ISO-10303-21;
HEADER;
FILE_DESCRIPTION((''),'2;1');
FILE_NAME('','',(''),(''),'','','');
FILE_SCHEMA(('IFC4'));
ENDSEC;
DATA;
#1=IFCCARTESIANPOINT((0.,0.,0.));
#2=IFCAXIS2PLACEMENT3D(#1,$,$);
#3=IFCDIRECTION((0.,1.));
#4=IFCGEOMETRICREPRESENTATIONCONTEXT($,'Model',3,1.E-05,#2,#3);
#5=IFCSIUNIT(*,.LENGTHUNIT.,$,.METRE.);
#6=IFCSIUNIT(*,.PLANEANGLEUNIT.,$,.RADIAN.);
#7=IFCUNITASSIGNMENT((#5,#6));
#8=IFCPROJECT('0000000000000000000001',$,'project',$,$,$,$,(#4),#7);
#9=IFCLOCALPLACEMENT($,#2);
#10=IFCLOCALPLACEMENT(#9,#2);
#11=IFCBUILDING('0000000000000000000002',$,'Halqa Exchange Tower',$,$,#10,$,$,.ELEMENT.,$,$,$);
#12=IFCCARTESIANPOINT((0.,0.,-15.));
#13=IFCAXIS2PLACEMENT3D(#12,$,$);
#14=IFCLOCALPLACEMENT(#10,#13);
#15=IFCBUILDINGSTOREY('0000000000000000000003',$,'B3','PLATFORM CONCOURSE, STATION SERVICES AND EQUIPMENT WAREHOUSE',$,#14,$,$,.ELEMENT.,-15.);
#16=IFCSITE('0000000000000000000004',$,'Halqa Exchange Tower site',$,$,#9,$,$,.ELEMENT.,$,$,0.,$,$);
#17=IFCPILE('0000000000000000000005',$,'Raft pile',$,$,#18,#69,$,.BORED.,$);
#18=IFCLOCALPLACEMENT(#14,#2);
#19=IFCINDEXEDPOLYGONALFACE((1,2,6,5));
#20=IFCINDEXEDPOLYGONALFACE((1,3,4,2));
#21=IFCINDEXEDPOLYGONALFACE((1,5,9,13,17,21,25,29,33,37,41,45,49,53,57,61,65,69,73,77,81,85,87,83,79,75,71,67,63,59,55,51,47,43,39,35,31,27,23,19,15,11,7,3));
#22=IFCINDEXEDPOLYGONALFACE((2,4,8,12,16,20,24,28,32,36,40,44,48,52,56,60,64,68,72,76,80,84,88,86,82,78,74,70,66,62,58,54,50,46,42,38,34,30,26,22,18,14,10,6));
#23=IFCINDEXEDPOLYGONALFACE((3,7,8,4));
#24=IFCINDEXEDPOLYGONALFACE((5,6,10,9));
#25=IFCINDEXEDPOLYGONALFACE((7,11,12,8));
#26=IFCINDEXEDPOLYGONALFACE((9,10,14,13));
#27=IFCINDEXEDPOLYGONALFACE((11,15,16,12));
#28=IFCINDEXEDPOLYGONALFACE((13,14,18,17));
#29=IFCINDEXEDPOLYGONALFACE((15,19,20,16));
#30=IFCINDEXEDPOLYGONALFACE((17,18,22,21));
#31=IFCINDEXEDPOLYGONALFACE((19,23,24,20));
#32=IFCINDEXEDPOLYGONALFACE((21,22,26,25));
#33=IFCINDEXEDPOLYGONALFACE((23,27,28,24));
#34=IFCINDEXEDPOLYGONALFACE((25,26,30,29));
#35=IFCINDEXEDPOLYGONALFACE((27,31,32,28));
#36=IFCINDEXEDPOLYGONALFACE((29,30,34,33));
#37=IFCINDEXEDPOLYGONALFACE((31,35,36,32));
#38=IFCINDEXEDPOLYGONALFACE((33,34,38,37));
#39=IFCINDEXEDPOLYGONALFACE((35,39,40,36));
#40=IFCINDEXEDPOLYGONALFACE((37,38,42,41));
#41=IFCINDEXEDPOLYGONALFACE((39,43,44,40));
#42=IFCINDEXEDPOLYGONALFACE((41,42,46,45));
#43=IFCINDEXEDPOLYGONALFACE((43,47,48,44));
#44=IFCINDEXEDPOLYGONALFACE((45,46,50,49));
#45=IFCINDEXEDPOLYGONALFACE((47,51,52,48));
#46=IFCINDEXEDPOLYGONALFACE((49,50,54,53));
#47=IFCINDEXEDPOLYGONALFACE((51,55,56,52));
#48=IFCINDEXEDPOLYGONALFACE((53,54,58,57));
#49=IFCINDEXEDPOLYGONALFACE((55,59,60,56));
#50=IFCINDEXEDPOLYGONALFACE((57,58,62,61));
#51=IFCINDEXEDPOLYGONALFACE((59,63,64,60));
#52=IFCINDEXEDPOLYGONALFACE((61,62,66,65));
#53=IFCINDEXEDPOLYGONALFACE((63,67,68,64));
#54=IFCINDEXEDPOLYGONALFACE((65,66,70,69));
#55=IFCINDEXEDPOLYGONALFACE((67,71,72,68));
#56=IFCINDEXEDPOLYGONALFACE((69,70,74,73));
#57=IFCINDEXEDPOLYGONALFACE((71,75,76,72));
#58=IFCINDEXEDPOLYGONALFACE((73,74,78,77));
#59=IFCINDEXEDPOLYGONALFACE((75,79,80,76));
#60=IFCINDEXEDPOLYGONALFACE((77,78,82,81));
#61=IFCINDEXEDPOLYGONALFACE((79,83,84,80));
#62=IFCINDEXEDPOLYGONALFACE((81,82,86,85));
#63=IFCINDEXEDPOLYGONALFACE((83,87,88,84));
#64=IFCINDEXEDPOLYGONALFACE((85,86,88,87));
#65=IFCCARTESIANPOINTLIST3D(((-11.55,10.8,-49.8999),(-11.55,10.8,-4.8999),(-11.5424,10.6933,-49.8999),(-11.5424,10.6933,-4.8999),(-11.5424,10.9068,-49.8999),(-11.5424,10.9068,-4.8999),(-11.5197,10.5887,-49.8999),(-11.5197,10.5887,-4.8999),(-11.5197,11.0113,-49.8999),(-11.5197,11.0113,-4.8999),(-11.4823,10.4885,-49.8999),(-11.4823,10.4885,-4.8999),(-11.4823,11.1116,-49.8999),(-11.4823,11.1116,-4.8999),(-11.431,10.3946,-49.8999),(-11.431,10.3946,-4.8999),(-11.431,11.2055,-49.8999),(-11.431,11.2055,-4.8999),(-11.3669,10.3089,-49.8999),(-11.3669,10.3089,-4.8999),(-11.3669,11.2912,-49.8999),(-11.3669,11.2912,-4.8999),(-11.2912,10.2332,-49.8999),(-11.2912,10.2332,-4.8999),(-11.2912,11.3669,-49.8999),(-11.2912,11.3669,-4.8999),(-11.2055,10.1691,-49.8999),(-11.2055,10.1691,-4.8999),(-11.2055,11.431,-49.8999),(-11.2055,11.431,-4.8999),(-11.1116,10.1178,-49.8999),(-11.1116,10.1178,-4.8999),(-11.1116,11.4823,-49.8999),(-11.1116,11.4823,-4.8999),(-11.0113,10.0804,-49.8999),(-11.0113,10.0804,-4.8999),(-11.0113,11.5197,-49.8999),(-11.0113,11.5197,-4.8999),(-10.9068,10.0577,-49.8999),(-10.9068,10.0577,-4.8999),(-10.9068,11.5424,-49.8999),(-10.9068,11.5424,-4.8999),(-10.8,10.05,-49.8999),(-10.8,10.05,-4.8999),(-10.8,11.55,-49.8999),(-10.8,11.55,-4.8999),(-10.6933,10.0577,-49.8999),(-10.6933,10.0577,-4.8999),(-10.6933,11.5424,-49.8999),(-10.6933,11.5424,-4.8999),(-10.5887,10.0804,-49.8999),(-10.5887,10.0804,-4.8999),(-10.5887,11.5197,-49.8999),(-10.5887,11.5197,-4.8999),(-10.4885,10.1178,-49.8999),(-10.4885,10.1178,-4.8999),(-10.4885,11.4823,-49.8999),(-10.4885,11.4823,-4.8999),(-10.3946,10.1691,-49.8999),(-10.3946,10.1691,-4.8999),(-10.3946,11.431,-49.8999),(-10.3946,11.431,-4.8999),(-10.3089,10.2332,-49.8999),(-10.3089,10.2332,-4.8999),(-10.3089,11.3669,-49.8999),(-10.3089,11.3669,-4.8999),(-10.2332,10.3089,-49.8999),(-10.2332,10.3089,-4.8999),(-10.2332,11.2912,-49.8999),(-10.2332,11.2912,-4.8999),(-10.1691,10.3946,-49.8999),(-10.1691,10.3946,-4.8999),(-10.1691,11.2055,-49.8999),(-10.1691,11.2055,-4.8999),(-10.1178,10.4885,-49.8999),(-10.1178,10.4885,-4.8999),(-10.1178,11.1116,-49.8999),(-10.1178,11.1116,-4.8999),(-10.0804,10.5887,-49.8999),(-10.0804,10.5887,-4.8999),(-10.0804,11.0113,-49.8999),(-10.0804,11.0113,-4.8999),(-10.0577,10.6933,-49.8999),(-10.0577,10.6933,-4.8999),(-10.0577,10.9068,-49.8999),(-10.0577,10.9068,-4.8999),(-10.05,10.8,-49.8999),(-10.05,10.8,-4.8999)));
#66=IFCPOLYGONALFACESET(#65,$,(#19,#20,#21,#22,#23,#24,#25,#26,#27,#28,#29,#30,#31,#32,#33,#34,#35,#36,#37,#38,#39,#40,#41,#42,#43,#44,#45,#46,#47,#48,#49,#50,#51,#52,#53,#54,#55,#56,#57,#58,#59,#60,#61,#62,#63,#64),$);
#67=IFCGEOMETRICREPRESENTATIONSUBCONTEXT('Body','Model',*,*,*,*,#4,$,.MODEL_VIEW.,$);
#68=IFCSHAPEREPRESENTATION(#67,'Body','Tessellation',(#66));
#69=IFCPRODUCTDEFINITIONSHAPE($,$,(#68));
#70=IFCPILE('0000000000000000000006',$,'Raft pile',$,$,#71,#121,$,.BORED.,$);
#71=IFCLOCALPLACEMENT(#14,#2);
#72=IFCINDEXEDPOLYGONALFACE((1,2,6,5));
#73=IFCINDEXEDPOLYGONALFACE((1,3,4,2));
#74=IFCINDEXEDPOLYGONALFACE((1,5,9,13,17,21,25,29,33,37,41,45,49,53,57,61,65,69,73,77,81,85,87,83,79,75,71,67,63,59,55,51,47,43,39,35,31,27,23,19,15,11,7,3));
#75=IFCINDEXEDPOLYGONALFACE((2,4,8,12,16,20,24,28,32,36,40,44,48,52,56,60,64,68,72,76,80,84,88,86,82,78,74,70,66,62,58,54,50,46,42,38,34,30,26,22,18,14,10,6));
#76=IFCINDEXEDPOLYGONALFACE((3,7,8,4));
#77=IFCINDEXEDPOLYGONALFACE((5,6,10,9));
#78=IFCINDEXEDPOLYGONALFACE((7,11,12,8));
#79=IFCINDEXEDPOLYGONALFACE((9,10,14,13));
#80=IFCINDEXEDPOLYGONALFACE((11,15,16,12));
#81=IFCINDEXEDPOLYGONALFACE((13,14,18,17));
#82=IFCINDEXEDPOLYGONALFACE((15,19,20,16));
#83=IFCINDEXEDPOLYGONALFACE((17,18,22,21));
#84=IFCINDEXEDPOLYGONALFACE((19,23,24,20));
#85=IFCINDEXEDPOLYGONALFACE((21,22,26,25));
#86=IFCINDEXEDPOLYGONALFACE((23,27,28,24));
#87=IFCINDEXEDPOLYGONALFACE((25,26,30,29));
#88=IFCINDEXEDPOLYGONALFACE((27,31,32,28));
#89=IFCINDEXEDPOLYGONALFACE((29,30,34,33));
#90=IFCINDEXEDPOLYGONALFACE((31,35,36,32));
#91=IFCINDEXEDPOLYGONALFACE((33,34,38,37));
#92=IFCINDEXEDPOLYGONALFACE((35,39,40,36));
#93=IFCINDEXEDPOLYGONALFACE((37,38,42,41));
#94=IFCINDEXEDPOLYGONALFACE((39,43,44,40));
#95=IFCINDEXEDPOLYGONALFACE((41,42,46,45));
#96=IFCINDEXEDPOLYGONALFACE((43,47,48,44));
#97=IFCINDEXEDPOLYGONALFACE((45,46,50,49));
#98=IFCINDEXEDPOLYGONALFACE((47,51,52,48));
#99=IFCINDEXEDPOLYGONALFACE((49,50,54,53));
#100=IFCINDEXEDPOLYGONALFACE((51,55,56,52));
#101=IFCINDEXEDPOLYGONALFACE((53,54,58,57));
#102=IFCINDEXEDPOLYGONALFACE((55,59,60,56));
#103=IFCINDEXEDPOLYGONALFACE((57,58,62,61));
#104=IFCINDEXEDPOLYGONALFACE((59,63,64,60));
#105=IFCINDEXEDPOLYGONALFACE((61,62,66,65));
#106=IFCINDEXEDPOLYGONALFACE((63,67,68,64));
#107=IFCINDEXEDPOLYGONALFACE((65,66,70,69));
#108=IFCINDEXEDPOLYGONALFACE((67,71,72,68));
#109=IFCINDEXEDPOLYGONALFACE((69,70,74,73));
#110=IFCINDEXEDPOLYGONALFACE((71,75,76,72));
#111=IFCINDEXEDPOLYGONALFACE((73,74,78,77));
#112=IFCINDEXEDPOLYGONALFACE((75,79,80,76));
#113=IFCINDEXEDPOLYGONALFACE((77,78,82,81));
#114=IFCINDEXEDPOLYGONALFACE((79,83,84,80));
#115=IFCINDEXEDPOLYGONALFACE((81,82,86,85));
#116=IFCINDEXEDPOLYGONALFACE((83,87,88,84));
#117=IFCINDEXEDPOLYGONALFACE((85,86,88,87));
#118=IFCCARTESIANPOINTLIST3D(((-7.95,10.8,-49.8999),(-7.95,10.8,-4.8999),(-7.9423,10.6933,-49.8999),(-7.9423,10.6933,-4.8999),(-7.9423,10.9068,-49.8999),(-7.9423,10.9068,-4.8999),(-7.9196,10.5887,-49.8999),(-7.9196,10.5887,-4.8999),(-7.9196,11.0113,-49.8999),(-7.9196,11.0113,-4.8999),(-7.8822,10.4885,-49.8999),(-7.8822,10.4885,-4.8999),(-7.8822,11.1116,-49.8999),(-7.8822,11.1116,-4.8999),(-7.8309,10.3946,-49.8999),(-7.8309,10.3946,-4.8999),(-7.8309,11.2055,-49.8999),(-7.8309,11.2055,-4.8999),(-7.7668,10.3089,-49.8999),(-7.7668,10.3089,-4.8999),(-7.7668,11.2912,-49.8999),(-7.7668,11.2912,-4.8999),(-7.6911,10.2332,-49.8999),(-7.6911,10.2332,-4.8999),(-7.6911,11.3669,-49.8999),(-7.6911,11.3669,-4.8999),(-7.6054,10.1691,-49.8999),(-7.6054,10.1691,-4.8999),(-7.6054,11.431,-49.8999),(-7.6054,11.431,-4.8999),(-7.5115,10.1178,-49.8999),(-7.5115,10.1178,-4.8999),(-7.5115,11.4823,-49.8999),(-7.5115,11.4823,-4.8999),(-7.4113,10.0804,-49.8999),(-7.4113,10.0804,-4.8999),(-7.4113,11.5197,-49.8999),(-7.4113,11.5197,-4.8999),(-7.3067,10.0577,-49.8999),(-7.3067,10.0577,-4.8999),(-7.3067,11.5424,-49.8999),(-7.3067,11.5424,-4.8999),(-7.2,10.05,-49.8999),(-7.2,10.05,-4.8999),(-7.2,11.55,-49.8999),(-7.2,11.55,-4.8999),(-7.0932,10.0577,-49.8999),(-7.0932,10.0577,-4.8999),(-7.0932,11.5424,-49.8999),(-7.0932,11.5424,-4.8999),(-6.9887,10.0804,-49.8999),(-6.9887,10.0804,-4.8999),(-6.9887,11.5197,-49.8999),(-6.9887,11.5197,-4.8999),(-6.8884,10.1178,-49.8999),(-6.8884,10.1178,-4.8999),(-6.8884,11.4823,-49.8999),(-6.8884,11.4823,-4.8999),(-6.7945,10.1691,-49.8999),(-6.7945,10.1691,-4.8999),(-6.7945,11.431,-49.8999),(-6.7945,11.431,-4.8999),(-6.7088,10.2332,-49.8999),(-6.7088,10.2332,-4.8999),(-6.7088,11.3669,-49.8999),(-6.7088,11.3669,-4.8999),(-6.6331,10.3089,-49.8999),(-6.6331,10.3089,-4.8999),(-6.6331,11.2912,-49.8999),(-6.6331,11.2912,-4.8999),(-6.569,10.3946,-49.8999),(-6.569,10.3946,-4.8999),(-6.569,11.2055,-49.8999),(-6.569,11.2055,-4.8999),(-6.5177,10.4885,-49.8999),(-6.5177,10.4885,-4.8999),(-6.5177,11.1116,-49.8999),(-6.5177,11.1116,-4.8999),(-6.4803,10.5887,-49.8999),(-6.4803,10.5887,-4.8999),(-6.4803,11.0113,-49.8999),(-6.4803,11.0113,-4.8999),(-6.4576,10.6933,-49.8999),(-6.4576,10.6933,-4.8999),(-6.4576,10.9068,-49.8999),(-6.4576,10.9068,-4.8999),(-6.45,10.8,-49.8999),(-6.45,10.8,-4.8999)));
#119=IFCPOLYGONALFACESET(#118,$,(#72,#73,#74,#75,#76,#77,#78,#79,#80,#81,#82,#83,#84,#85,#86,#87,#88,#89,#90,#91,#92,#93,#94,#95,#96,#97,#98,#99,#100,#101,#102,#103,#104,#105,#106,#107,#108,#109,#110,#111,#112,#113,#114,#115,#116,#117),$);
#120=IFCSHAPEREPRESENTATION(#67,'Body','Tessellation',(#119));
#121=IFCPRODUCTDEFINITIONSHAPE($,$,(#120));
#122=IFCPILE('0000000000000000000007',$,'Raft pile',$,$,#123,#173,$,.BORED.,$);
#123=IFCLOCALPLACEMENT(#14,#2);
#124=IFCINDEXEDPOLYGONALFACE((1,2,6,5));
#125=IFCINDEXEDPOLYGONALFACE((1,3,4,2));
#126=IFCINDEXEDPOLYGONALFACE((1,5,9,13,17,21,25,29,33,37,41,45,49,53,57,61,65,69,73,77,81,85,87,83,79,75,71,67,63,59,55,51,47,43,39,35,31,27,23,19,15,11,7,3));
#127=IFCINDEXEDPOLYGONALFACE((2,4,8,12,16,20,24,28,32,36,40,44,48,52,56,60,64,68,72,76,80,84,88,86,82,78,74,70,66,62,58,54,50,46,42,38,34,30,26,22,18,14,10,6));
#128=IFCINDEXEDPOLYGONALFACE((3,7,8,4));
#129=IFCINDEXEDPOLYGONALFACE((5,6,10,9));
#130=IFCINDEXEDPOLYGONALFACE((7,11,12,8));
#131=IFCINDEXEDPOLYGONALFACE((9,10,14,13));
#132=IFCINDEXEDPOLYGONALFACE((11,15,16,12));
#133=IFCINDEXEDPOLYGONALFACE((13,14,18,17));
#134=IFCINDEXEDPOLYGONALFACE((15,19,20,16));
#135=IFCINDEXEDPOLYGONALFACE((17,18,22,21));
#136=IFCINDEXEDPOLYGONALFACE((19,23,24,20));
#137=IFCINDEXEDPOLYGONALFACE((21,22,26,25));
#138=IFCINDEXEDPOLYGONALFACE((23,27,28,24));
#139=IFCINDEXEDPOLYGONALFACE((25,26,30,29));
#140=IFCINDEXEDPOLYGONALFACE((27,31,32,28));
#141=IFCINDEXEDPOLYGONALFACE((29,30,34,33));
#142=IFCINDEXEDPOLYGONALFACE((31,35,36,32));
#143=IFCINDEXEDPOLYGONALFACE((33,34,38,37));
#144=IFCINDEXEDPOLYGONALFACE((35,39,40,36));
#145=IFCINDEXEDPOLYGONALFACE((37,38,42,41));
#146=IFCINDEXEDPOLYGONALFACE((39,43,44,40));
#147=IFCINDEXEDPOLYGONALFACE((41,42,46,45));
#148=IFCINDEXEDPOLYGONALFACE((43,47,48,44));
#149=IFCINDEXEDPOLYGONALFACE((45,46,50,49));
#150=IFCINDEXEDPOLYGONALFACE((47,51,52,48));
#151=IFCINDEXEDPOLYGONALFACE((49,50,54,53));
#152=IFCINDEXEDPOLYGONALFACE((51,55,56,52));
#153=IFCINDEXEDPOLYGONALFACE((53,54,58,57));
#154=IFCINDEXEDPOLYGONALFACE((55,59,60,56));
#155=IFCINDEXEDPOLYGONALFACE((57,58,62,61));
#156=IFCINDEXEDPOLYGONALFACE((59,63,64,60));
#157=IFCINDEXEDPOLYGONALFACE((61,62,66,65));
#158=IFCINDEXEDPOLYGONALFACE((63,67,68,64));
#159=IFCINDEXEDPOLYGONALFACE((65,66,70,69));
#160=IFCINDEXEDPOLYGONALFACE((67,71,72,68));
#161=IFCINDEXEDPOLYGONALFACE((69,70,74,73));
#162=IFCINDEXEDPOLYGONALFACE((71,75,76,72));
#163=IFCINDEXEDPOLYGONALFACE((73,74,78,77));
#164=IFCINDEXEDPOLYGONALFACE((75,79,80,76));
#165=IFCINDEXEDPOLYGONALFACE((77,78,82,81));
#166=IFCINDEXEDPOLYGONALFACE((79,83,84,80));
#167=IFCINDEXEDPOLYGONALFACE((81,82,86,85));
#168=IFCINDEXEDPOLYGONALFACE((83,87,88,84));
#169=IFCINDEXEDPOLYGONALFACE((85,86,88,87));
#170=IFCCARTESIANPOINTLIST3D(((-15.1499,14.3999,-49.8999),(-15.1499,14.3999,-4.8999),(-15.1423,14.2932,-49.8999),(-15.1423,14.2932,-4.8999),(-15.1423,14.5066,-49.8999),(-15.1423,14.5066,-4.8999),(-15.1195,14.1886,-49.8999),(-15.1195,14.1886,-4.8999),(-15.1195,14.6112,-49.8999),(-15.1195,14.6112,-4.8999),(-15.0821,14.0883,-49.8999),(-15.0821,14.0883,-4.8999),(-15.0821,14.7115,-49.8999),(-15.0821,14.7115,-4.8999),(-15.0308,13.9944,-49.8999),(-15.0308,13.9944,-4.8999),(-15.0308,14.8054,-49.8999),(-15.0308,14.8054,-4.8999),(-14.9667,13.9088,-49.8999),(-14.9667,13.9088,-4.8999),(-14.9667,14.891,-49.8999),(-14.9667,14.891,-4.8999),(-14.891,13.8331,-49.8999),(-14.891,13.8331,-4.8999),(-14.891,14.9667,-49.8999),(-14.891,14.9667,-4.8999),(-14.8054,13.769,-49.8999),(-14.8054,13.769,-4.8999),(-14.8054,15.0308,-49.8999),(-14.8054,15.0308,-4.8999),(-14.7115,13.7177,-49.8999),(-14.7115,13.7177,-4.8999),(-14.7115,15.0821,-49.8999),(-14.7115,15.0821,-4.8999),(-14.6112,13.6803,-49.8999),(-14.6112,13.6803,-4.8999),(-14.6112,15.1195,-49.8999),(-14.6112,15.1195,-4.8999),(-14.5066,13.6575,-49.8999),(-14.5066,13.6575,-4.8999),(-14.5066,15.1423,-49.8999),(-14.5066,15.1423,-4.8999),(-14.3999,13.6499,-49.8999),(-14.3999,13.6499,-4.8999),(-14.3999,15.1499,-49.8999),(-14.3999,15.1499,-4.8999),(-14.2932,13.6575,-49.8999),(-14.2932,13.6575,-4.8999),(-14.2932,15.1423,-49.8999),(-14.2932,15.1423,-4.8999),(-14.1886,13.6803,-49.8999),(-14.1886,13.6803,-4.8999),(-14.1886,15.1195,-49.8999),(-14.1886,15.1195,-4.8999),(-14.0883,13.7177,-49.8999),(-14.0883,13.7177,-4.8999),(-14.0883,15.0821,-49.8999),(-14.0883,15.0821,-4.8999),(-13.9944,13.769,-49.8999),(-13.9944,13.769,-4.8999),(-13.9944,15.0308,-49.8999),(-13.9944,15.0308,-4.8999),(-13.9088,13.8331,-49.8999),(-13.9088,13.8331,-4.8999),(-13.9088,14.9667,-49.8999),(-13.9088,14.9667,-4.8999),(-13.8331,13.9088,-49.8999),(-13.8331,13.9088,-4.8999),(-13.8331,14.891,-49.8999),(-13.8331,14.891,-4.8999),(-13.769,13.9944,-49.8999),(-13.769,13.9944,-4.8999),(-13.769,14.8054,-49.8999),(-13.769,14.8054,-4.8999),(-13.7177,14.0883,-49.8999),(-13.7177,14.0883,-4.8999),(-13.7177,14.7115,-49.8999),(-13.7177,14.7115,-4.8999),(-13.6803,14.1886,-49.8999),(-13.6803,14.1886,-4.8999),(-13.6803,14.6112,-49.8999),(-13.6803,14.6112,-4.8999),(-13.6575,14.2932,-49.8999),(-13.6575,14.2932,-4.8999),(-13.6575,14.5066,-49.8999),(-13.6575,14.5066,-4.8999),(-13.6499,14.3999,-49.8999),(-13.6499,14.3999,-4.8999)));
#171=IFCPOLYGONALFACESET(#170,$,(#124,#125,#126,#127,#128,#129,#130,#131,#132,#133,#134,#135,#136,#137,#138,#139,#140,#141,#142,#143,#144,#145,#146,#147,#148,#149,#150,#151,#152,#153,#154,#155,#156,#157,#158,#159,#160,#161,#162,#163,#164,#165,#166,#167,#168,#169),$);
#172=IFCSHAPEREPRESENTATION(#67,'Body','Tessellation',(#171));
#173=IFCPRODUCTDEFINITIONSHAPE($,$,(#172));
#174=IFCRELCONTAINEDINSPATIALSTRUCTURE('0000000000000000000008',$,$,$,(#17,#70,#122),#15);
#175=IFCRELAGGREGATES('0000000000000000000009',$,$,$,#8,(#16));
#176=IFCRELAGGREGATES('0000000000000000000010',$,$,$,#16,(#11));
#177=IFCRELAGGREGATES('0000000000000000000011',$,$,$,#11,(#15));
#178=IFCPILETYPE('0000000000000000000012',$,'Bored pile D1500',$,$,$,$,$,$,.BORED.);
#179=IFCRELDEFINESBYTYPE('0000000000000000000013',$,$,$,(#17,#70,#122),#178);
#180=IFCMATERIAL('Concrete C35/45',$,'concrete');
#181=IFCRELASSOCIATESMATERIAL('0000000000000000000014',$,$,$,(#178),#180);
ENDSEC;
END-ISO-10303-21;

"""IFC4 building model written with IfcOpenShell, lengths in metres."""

from ifc_helpers import new_model, si_unit, direction, frame, origin, origin_2d, place, context, subcontext, project, spatial, circle, extrude, material, material_profile, profile_set, type_object, element, save


model = new_model("IFC4")

# Units and contexts
model_context = context("Model", 3, precision=1e-05, world=origin(), true_north=direction((0.0, 1.0)))
body_context = subcontext(model_context, "Body", "Model", "MODEL_VIEW")
ifc_project = project(units=[si_unit("LENGTHUNIT", "METRE"), si_unit("PLANEANGLEUNIT", "RADIAN")], contexts=[model_context])

# Site, building, storey
site_placement = place(None, origin())
site = spatial("IfcSite", under=ifc_project, at=site_placement, Name="Halqa Exchange Tower site", CompositionType="ELEMENT", RefElevation=0.0)
building_placement = place(site_placement, origin())
building = spatial("IfcBuilding", under=site, at=building_placement, Name="Halqa Exchange Tower", CompositionType="ELEMENT")
storey_placement = place(building_placement, frame((0.0, 0.0, -15.0)))
storey = spatial("IfcBuildingStorey", under=building, at=storey_placement, Name="B3", Description="PLATFORM CONCOURSE, STATION SERVICES AND EQUIPMENT WAREHOUSE", CompositionType="ELEMENT", Elevation=-15.0)

# Piles
ifc_material_1 = material(Name="Concrete C35/45", Category="concrete")
ifc_material_profile_1 = material_profile(ifc_material_1, circle(Radius=0.75, at=origin_2d()), Name="D1500")
ifc_profile_set_1 = profile_set([ifc_material_profile_1], Name="Concrete C35/45")
pile_type_1 = type_object("IfcPileType", Name="Bored pile D1500", PredefinedType="BORED", material=ifc_profile_set_1)
for number, where, z_axis, x_axis, name in (
    (1, (-10.8, 10.8, -4.8999), (0.0, 0.0, -1.0), (1.0, 0.0, 0.0), "Raft pile"),
    (2, (-7.2, 10.8, -4.8999), (0.0, 0.0, -1.0), (1.0, 0.0, 0.0), "Raft pile"),
    (3, (-14.3999, 14.3999, -4.8999), (0.0, 0.0, -1.0), (1.0, 0.0, 0.0), "Raft pile"),
):
    element("IfcPile", number, at=place(storey_placement, frame(where, z_axis=z_axis, x_axis=x_axis)), inside=storey, type_object=pile_type_1, Name=name, PredefinedType="BORED", context=body_context, shape_type="SweptSolid", body=[
        extrude(circle(Radius=0.75, at=origin_2d()), origin(), (0.0, 0.0, 1.0), 45.0),
    ])

save(model, "model.ifc")
